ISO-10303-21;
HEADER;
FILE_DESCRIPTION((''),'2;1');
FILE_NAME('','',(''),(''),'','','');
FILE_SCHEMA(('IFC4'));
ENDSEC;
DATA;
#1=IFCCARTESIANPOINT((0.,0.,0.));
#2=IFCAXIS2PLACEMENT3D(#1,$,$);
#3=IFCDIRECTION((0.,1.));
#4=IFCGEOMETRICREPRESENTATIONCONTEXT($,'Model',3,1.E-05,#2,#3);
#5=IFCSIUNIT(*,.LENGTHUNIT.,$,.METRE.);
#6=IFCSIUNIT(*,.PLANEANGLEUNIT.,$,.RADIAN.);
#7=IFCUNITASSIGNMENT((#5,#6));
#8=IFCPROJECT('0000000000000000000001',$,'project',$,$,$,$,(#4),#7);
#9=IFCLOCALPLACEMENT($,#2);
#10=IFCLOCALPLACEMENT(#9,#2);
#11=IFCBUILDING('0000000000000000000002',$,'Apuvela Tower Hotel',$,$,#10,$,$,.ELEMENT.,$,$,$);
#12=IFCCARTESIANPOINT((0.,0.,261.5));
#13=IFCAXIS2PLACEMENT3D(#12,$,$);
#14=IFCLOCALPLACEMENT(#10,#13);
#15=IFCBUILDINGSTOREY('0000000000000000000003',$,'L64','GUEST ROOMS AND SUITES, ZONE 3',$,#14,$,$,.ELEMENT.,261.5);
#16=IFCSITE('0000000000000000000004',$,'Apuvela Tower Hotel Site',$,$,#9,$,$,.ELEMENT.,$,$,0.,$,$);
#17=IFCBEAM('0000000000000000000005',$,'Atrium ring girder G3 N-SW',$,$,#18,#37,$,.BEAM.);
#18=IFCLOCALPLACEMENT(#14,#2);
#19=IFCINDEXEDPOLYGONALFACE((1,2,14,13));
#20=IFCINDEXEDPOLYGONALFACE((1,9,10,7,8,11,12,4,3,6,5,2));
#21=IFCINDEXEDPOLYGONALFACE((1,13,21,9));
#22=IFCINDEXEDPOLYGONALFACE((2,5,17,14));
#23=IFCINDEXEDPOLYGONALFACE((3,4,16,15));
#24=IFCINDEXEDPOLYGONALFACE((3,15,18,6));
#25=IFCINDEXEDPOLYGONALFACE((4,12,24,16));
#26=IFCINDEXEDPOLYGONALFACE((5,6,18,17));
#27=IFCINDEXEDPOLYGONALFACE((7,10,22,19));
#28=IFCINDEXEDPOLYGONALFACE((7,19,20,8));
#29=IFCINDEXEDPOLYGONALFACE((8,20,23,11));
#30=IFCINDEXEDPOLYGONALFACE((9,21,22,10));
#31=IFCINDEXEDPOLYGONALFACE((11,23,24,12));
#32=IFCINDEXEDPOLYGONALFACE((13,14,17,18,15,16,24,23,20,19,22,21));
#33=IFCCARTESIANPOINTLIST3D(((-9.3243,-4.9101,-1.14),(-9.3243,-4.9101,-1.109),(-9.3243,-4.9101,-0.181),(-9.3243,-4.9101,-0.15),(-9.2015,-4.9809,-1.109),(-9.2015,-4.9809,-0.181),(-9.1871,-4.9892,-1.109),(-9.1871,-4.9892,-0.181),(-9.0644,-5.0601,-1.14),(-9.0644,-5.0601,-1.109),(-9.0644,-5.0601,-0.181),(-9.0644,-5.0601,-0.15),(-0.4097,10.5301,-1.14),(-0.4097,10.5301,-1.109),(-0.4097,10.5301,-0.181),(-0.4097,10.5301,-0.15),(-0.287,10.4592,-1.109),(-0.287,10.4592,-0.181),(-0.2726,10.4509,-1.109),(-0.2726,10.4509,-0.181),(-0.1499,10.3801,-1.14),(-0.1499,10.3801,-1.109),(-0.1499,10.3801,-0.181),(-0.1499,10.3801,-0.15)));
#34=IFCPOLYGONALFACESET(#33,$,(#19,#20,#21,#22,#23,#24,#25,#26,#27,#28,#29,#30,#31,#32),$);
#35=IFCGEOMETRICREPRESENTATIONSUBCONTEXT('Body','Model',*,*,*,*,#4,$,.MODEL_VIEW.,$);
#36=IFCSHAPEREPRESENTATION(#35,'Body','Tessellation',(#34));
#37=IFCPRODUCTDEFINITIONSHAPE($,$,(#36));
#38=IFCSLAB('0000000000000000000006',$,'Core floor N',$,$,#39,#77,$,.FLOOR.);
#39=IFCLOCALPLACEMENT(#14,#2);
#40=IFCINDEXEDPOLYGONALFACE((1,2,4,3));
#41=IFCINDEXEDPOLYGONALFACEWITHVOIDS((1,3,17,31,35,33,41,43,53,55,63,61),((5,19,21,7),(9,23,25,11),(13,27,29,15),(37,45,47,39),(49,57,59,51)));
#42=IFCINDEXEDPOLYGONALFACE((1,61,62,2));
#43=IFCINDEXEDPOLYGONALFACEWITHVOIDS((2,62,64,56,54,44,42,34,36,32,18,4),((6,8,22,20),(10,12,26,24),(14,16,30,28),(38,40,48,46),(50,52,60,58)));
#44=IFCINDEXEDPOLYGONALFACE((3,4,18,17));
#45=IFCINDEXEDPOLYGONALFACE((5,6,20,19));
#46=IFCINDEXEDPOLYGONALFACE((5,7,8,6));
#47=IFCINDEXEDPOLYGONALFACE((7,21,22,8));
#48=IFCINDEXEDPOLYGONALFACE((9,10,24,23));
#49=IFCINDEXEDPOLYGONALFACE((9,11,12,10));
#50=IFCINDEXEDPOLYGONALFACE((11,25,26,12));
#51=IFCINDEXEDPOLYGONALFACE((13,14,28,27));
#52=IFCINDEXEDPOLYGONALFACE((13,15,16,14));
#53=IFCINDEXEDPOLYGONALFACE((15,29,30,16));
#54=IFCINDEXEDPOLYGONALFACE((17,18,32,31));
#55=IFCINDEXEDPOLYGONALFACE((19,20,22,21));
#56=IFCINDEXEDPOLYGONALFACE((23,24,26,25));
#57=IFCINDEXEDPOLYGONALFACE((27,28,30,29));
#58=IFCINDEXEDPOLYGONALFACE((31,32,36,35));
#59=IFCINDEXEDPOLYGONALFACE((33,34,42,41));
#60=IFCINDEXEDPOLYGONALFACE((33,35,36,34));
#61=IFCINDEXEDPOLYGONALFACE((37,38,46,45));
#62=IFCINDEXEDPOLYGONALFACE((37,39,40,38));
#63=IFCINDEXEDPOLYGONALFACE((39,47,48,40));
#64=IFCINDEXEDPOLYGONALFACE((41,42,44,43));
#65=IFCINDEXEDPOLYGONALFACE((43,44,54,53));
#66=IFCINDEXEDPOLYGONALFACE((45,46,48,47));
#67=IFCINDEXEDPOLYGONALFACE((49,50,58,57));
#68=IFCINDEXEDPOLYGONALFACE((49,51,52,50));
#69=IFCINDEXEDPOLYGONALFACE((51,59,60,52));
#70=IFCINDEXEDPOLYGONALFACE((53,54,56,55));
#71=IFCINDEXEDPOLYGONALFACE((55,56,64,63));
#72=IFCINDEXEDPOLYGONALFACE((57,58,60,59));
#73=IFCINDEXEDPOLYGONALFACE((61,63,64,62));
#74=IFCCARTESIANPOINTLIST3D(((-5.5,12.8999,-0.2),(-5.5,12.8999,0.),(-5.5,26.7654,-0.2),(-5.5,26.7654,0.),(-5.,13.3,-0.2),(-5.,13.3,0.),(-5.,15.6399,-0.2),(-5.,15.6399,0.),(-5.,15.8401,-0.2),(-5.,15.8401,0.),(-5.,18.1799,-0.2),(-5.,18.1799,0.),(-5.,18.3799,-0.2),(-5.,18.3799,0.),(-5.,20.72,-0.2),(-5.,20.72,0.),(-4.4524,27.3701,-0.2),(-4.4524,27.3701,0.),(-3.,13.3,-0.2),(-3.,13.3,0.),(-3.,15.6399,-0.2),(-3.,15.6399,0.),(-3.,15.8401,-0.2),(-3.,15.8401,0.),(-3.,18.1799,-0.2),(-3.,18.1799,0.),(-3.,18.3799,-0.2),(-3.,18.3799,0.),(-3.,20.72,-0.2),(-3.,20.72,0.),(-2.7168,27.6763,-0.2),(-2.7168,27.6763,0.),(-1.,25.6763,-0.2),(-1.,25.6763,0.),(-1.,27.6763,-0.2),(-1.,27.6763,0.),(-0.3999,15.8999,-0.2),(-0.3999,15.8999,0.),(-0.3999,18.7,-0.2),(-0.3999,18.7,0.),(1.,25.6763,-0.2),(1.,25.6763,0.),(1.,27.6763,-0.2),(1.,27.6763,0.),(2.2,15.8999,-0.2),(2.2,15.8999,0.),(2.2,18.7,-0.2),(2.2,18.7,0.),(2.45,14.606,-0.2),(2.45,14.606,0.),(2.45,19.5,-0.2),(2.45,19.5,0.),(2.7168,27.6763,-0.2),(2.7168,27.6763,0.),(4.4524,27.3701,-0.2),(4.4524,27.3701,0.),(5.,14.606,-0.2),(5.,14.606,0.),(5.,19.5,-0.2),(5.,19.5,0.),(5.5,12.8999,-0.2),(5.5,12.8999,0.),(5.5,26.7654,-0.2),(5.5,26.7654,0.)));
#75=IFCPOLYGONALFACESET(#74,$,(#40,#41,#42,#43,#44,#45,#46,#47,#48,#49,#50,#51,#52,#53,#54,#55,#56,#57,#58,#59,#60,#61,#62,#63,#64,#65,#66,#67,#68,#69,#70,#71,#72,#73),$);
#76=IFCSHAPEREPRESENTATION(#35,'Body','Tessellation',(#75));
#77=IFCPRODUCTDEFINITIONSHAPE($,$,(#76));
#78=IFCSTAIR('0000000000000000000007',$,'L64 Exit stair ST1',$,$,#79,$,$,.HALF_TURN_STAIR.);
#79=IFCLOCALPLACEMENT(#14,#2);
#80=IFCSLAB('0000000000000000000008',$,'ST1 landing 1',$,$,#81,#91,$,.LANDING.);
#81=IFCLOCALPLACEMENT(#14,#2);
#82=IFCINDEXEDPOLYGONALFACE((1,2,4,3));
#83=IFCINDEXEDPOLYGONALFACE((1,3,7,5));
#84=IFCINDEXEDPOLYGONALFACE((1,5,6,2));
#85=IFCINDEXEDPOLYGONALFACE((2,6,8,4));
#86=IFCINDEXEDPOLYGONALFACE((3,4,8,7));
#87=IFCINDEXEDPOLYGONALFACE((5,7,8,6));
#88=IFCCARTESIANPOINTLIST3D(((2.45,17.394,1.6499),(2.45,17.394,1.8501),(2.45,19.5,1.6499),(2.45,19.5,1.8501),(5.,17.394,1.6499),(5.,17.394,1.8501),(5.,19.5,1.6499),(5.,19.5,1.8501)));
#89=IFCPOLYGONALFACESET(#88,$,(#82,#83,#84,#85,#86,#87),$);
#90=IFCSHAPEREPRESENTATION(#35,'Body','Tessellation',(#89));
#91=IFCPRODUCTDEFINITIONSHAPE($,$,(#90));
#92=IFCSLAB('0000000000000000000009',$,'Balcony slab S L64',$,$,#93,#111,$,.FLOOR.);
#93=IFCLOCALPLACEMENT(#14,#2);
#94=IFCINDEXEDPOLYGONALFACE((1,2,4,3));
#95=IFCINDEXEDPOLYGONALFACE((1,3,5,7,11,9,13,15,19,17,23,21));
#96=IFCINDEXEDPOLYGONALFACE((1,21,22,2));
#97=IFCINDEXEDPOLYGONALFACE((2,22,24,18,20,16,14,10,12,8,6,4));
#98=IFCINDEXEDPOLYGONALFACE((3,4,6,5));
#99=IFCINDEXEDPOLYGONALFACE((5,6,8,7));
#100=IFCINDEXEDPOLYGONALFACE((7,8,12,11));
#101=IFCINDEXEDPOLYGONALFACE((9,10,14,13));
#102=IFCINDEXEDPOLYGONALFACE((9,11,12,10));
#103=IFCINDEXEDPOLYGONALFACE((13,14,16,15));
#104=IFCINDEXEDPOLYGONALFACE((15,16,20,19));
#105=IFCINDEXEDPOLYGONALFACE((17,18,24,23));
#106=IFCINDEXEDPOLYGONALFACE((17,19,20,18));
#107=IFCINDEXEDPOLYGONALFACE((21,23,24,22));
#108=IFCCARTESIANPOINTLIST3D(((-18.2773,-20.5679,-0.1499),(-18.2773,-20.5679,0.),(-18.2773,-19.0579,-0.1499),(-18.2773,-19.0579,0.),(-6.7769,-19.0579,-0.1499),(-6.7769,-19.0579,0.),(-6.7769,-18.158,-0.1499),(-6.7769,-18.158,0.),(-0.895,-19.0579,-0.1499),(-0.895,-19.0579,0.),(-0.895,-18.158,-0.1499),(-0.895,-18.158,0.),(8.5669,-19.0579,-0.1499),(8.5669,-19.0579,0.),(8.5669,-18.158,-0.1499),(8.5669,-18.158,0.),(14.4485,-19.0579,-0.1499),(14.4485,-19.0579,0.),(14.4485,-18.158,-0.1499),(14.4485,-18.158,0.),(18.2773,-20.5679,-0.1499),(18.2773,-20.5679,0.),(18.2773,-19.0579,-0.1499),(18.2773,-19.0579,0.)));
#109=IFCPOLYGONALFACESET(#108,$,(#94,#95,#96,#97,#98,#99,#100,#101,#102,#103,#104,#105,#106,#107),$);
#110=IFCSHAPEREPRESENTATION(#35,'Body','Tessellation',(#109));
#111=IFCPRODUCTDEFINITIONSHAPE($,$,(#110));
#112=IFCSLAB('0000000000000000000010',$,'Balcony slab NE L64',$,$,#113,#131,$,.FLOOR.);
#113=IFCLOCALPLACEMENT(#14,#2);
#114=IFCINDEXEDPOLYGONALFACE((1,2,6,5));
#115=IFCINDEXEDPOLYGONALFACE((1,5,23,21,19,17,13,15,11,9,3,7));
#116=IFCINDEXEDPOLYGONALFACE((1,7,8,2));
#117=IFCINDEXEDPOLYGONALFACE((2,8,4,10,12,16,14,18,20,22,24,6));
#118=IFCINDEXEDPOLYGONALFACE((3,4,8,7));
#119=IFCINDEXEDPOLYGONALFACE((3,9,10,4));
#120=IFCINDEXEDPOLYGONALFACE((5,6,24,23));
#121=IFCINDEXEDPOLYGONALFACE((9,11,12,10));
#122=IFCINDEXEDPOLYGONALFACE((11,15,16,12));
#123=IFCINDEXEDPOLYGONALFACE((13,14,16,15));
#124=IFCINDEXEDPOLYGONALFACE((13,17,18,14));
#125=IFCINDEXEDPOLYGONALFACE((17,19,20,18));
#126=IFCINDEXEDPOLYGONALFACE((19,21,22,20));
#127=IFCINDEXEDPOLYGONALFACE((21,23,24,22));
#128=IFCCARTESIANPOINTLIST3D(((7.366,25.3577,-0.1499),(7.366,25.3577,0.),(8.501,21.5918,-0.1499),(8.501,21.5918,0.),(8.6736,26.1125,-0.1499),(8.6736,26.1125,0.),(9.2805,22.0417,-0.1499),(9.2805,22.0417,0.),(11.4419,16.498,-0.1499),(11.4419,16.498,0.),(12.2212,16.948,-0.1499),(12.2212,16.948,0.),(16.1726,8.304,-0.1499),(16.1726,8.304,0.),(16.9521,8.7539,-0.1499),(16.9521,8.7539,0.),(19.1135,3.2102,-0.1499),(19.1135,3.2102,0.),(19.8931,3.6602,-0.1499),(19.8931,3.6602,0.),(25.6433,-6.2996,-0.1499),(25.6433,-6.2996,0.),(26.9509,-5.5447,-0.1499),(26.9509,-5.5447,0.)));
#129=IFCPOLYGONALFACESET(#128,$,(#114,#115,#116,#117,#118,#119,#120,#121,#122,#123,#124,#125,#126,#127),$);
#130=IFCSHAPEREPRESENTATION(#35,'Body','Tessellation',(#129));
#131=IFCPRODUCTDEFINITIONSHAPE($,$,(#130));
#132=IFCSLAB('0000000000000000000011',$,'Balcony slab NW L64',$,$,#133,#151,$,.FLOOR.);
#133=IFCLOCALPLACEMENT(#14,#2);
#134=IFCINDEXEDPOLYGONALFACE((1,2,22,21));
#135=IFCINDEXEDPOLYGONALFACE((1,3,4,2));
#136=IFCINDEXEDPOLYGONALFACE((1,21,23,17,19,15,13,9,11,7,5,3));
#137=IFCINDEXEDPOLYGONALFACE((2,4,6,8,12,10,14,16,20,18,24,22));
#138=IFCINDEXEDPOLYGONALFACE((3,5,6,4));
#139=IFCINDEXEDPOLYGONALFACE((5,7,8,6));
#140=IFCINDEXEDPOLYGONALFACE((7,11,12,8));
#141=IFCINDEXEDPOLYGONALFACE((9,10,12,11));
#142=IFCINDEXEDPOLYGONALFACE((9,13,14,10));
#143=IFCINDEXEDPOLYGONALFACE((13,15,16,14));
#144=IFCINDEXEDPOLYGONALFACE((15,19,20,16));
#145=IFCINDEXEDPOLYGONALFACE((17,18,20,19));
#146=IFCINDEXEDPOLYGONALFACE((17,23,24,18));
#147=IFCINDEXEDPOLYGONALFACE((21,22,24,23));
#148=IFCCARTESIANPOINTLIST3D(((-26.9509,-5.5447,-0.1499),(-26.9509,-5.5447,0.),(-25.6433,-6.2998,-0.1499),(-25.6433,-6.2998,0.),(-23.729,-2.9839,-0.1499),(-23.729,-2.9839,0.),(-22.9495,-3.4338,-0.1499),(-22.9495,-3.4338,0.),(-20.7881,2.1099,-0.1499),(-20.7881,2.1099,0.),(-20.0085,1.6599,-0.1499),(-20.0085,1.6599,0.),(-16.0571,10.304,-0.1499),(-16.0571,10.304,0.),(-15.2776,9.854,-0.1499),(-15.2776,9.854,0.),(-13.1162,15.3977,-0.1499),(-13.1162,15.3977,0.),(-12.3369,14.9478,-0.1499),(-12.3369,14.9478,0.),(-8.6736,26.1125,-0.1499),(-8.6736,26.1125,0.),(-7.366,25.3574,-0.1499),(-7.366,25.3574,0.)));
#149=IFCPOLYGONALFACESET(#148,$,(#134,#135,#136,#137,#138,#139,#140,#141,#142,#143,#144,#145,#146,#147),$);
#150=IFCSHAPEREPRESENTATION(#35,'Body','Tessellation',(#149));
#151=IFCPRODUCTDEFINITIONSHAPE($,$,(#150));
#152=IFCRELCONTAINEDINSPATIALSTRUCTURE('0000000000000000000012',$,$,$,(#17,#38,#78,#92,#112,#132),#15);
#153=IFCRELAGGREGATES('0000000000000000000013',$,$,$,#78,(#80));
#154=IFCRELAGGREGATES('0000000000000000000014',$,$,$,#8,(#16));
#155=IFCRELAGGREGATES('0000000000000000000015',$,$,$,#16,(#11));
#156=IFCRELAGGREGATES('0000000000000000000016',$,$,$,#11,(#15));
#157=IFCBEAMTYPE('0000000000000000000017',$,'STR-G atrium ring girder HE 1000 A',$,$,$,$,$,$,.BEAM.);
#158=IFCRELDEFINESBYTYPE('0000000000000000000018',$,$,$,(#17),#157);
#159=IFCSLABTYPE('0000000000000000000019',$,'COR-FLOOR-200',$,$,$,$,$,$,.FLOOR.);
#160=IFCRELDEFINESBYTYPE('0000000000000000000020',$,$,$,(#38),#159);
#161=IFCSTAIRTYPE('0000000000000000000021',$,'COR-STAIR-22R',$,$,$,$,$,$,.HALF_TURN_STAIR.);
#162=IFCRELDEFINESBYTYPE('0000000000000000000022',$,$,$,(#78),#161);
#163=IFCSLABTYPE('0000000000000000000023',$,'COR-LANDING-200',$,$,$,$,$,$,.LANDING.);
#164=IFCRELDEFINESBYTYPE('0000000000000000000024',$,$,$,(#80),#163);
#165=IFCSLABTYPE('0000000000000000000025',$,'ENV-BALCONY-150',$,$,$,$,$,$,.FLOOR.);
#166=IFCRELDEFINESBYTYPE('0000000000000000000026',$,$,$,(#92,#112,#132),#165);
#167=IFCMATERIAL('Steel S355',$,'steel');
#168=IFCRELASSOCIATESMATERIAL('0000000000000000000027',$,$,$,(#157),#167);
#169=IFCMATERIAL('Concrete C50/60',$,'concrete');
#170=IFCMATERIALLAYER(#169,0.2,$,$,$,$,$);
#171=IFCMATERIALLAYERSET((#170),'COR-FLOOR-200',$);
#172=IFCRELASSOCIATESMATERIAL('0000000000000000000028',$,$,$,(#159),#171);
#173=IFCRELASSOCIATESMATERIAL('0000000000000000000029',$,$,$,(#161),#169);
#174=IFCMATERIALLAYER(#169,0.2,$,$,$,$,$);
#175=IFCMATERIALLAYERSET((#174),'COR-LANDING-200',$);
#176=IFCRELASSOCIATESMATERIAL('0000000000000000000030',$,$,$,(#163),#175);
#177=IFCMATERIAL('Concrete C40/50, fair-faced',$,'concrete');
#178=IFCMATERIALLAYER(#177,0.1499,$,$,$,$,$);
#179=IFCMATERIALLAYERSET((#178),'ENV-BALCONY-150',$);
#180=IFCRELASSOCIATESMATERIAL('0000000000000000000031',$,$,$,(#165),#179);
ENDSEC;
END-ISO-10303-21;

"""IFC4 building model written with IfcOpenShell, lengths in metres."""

from ifc_helpers import new_model, si_unit, direction, frame, origin, origin_2d, place, context, subcontext, project, spatial, polyline, i_section, outline, extrude, material, layer, layer_set, material_profile, profile_set, type_object, element, aggregate, save


model = new_model("IFC4")

# Units and contexts
model_context = context("Model", 3, precision=1e-05, world=origin(), true_north=direction((0.0, 1.0)))
body_context = subcontext(model_context, "Body", "Model", "MODEL_VIEW")
ifc_project = project(units=[si_unit("LENGTHUNIT", "METRE"), si_unit("PLANEANGLEUNIT", "RADIAN")], contexts=[model_context])

# Site, building, storey
site_placement = place(None, origin())
site = spatial("IfcSite", under=ifc_project, at=site_placement, Name="Apuvela Tower Hotel Site", CompositionType="ELEMENT", RefElevation=0.0)
building_placement = place(site_placement, origin())
building = spatial("IfcBuilding", under=site, at=building_placement, Name="Apuvela Tower Hotel", CompositionType="ELEMENT")
storey_placement = place(building_placement, frame((0.0, 0.0, 261.5)))
storey = spatial("IfcBuildingStorey", under=building, at=storey_placement, Name="L64", Description="GUEST ROOMS AND SUITES, ZONE 3", CompositionType="ELEMENT", Elevation=261.5)

# Beam
ifc_material_1 = material(Name="Steel S355", Category="steel")
ifc_material_profile = material_profile(ifc_material_1, i_section(OverallWidth=0.3, OverallDepth=0.99, WebThickness=0.0166, FlangeThickness=0.031, at=origin_2d()), Name="HE 1000 A")
ifc_profile_set = profile_set([ifc_material_profile], Name="Steel S355")
beam_type = type_object("IfcBeamType", Name="STR-G atrium ring girder HE 1000 A", PredefinedType="BEAM", material=ifc_profile_set)
beam_placement = place(storey_placement, frame((-0.2798, 10.4551, -0.645), z_axis=(-0.500007, -0.866022, 0.0), x_axis=(0.866022, -0.500007, 0.0)))
element("IfcBeam", 1, at=beam_placement, inside=storey, type_object=beam_type, Name="Atrium ring girder G3 N-SW", PredefinedType="BEAM", context=body_context, shape_type="SweptSolid", body=[
    extrude(i_section(OverallWidth=0.3, OverallDepth=0.99, WebThickness=0.0166, FlangeThickness=0.031, at=origin_2d()), origin(), (0.0, 0.0, 1.0), 17.8289),
])

# Slab
ifc_material_2 = material(Name="Concrete C50/60", Category="concrete")
ifc_layer_1 = layer(ifc_material_2, 0.2)
ifc_layer_set_1 = layer_set([ifc_layer_1], Name="COR-FLOOR-200")
slab_type_1 = type_object("IfcSlabType", Name="COR-FLOOR-200", PredefinedType="FLOOR", material=ifc_layer_set_1)
slab_1_placement = place(storey_placement, frame((0.0, 0.0, -0.2)))
element("IfcSlab", 2, at=slab_1_placement, inside=storey, type_object=slab_type_1, Name="Core floor N", PredefinedType="FLOOR", context=body_context, shape_type="SweptSolid", body=[
    extrude(outline(polyline([(5.5, 26.7654), (4.4524, 27.3701), (2.7168, 27.6763), (1.0, 27.6763), (1.0, 25.6763), (-1.0, 25.6763), (-1.0, 27.6763), (-2.7168, 27.6763), (-4.4524, 27.3701), (-5.5, 26.7654), (-5.5, 12.8999), (5.5, 12.8999), (5.5, 26.7654)]), holes=[polyline([(-3.0, 13.3), (-5.0, 13.3), (-5.0, 15.6399), (-3.0, 15.6399), (-3.0, 13.3)]), polyline([(-3.0, 15.8401), (-5.0, 15.8401), (-5.0, 18.1799), (-3.0, 18.1799), (-3.0, 15.8401)]), polyline([(5.0, 14.606), (2.45, 14.606), (2.45, 19.5), (5.0, 19.5), (5.0, 14.606)]), polyline([(2.2, 18.7), (2.2, 15.8999), (-0.3999, 15.8999), (-0.3999, 18.7), (2.2, 18.7)]), polyline([(-3.0, 20.72), (-3.0, 18.3799), (-5.0, 18.3799), (-5.0, 20.72), (-3.0, 20.72)])]), origin(), (0.0, 0.0, 1.0), 0.2),
])

# Stair, slab
stair_type = type_object("IfcStairType", Name="COR-STAIR-22R", PredefinedType="HALF_TURN_STAIR", material=ifc_material_2)
stair_placement = place(storey_placement, origin())
stair = element("IfcStair", 3, at=stair_placement, inside=storey, type_object=stair_type, Name="L64 Exit stair ST1", PredefinedType="HALF_TURN_STAIR")
ifc_layer_2 = layer(ifc_material_2, 0.2)
ifc_layer_set_2 = layer_set([ifc_layer_2], Name="COR-LANDING-200")
slab_type_2 = type_object("IfcSlabType", Name="COR-LANDING-200", PredefinedType="LANDING", material=ifc_layer_set_2)
slab_2_placement = place(storey_placement, frame((0.0, 0.0, 1.6499)))
slab_2 = element("IfcSlab", 4, at=slab_2_placement, type_object=slab_type_2, Name="ST1 landing 1", PredefinedType="LANDING", context=body_context, shape_type="SweptSolid", body=[
    extrude(outline(polyline([(5.0, 17.394), (5.0, 19.5), (2.45, 19.5), (2.45, 17.394), (5.0, 17.394)])), origin(), (0.0, 0.0, 1.0), 0.2002),
])
aggregate(stair, [slab_2])

# Slabs
ifc_material_3 = material(Name="Concrete C40/50, fair-faced", Category="concrete")
ifc_layer_3 = layer(ifc_material_3, 0.1499)
ifc_layer_set_3 = layer_set([ifc_layer_3], Name="ENV-BALCONY-150")
slab_type_3 = type_object("IfcSlabType", Name="ENV-BALCONY-150", PredefinedType="FLOOR", material=ifc_layer_set_3)
slab_3_placement = place(storey_placement, frame((0.0, 0.0, -0.1499)))
element("IfcSlab", 5, at=slab_3_placement, inside=storey, type_object=slab_type_3, Name="Balcony slab S L64", PredefinedType="FLOOR", context=body_context, shape_type="SweptSolid", body=[
    extrude(outline(polyline([(18.2773, -20.5679), (-18.2773, -20.5679), (-18.2773, -19.0579), (-6.7769, -19.0579), (-6.7769, -18.158), (-0.895, -18.158), (-0.895, -19.0579), (8.5669, -19.0579), (8.5669, -18.158), (14.4485, -18.158), (14.4485, -19.0579), (18.2773, -19.0579), (18.2773, -20.5679)])), origin(), (0.0, 0.0, 1.0), 0.1499),
])
slab_4_placement = place(storey_placement, frame((0.0, 0.0, -0.1499)))
element("IfcSlab", 6, at=slab_4_placement, inside=storey, type_object=slab_type_3, Name="Balcony slab NE L64", PredefinedType="FLOOR", context=body_context, shape_type="SweptSolid", body=[
    extrude(outline(polyline([(16.9521, 8.7539), (12.2212, 16.948), (11.4419, 16.498), (8.501, 21.5918), (9.2805, 22.0417), (7.366, 25.3577), (8.6736, 26.1125), (26.9509, -5.5447), (25.6433, -6.2996), (19.8931, 3.6602), (19.1135, 3.2102), (16.1726, 8.304), (16.9521, 8.7539)])), origin(), (0.0, 0.0, 1.0), 0.1499),
])
slab_5_placement = place(storey_placement, frame((0.0, 0.0, -0.1499)))
element("IfcSlab", 7, at=slab_5_placement, inside=storey, type_object=slab_type_3, Name="Balcony slab NW L64", PredefinedType="FLOOR", context=body_context, shape_type="SweptSolid", body=[
    extrude(outline(polyline([(-26.9509, -5.5447), (-8.6736, 26.1125), (-7.366, 25.3574), (-13.1162, 15.3977), (-12.3369, 14.9478), (-15.2776, 9.854), (-16.0571, 10.304), (-20.7881, 2.1099), (-20.0085, 1.6599), (-22.9495, -3.4338), (-23.729, -2.9839), (-25.6433, -6.2998), (-26.9509, -5.5447)])), origin(), (0.0, 0.0, 1.0), 0.1499),
])

save(model, "model.ifc")
